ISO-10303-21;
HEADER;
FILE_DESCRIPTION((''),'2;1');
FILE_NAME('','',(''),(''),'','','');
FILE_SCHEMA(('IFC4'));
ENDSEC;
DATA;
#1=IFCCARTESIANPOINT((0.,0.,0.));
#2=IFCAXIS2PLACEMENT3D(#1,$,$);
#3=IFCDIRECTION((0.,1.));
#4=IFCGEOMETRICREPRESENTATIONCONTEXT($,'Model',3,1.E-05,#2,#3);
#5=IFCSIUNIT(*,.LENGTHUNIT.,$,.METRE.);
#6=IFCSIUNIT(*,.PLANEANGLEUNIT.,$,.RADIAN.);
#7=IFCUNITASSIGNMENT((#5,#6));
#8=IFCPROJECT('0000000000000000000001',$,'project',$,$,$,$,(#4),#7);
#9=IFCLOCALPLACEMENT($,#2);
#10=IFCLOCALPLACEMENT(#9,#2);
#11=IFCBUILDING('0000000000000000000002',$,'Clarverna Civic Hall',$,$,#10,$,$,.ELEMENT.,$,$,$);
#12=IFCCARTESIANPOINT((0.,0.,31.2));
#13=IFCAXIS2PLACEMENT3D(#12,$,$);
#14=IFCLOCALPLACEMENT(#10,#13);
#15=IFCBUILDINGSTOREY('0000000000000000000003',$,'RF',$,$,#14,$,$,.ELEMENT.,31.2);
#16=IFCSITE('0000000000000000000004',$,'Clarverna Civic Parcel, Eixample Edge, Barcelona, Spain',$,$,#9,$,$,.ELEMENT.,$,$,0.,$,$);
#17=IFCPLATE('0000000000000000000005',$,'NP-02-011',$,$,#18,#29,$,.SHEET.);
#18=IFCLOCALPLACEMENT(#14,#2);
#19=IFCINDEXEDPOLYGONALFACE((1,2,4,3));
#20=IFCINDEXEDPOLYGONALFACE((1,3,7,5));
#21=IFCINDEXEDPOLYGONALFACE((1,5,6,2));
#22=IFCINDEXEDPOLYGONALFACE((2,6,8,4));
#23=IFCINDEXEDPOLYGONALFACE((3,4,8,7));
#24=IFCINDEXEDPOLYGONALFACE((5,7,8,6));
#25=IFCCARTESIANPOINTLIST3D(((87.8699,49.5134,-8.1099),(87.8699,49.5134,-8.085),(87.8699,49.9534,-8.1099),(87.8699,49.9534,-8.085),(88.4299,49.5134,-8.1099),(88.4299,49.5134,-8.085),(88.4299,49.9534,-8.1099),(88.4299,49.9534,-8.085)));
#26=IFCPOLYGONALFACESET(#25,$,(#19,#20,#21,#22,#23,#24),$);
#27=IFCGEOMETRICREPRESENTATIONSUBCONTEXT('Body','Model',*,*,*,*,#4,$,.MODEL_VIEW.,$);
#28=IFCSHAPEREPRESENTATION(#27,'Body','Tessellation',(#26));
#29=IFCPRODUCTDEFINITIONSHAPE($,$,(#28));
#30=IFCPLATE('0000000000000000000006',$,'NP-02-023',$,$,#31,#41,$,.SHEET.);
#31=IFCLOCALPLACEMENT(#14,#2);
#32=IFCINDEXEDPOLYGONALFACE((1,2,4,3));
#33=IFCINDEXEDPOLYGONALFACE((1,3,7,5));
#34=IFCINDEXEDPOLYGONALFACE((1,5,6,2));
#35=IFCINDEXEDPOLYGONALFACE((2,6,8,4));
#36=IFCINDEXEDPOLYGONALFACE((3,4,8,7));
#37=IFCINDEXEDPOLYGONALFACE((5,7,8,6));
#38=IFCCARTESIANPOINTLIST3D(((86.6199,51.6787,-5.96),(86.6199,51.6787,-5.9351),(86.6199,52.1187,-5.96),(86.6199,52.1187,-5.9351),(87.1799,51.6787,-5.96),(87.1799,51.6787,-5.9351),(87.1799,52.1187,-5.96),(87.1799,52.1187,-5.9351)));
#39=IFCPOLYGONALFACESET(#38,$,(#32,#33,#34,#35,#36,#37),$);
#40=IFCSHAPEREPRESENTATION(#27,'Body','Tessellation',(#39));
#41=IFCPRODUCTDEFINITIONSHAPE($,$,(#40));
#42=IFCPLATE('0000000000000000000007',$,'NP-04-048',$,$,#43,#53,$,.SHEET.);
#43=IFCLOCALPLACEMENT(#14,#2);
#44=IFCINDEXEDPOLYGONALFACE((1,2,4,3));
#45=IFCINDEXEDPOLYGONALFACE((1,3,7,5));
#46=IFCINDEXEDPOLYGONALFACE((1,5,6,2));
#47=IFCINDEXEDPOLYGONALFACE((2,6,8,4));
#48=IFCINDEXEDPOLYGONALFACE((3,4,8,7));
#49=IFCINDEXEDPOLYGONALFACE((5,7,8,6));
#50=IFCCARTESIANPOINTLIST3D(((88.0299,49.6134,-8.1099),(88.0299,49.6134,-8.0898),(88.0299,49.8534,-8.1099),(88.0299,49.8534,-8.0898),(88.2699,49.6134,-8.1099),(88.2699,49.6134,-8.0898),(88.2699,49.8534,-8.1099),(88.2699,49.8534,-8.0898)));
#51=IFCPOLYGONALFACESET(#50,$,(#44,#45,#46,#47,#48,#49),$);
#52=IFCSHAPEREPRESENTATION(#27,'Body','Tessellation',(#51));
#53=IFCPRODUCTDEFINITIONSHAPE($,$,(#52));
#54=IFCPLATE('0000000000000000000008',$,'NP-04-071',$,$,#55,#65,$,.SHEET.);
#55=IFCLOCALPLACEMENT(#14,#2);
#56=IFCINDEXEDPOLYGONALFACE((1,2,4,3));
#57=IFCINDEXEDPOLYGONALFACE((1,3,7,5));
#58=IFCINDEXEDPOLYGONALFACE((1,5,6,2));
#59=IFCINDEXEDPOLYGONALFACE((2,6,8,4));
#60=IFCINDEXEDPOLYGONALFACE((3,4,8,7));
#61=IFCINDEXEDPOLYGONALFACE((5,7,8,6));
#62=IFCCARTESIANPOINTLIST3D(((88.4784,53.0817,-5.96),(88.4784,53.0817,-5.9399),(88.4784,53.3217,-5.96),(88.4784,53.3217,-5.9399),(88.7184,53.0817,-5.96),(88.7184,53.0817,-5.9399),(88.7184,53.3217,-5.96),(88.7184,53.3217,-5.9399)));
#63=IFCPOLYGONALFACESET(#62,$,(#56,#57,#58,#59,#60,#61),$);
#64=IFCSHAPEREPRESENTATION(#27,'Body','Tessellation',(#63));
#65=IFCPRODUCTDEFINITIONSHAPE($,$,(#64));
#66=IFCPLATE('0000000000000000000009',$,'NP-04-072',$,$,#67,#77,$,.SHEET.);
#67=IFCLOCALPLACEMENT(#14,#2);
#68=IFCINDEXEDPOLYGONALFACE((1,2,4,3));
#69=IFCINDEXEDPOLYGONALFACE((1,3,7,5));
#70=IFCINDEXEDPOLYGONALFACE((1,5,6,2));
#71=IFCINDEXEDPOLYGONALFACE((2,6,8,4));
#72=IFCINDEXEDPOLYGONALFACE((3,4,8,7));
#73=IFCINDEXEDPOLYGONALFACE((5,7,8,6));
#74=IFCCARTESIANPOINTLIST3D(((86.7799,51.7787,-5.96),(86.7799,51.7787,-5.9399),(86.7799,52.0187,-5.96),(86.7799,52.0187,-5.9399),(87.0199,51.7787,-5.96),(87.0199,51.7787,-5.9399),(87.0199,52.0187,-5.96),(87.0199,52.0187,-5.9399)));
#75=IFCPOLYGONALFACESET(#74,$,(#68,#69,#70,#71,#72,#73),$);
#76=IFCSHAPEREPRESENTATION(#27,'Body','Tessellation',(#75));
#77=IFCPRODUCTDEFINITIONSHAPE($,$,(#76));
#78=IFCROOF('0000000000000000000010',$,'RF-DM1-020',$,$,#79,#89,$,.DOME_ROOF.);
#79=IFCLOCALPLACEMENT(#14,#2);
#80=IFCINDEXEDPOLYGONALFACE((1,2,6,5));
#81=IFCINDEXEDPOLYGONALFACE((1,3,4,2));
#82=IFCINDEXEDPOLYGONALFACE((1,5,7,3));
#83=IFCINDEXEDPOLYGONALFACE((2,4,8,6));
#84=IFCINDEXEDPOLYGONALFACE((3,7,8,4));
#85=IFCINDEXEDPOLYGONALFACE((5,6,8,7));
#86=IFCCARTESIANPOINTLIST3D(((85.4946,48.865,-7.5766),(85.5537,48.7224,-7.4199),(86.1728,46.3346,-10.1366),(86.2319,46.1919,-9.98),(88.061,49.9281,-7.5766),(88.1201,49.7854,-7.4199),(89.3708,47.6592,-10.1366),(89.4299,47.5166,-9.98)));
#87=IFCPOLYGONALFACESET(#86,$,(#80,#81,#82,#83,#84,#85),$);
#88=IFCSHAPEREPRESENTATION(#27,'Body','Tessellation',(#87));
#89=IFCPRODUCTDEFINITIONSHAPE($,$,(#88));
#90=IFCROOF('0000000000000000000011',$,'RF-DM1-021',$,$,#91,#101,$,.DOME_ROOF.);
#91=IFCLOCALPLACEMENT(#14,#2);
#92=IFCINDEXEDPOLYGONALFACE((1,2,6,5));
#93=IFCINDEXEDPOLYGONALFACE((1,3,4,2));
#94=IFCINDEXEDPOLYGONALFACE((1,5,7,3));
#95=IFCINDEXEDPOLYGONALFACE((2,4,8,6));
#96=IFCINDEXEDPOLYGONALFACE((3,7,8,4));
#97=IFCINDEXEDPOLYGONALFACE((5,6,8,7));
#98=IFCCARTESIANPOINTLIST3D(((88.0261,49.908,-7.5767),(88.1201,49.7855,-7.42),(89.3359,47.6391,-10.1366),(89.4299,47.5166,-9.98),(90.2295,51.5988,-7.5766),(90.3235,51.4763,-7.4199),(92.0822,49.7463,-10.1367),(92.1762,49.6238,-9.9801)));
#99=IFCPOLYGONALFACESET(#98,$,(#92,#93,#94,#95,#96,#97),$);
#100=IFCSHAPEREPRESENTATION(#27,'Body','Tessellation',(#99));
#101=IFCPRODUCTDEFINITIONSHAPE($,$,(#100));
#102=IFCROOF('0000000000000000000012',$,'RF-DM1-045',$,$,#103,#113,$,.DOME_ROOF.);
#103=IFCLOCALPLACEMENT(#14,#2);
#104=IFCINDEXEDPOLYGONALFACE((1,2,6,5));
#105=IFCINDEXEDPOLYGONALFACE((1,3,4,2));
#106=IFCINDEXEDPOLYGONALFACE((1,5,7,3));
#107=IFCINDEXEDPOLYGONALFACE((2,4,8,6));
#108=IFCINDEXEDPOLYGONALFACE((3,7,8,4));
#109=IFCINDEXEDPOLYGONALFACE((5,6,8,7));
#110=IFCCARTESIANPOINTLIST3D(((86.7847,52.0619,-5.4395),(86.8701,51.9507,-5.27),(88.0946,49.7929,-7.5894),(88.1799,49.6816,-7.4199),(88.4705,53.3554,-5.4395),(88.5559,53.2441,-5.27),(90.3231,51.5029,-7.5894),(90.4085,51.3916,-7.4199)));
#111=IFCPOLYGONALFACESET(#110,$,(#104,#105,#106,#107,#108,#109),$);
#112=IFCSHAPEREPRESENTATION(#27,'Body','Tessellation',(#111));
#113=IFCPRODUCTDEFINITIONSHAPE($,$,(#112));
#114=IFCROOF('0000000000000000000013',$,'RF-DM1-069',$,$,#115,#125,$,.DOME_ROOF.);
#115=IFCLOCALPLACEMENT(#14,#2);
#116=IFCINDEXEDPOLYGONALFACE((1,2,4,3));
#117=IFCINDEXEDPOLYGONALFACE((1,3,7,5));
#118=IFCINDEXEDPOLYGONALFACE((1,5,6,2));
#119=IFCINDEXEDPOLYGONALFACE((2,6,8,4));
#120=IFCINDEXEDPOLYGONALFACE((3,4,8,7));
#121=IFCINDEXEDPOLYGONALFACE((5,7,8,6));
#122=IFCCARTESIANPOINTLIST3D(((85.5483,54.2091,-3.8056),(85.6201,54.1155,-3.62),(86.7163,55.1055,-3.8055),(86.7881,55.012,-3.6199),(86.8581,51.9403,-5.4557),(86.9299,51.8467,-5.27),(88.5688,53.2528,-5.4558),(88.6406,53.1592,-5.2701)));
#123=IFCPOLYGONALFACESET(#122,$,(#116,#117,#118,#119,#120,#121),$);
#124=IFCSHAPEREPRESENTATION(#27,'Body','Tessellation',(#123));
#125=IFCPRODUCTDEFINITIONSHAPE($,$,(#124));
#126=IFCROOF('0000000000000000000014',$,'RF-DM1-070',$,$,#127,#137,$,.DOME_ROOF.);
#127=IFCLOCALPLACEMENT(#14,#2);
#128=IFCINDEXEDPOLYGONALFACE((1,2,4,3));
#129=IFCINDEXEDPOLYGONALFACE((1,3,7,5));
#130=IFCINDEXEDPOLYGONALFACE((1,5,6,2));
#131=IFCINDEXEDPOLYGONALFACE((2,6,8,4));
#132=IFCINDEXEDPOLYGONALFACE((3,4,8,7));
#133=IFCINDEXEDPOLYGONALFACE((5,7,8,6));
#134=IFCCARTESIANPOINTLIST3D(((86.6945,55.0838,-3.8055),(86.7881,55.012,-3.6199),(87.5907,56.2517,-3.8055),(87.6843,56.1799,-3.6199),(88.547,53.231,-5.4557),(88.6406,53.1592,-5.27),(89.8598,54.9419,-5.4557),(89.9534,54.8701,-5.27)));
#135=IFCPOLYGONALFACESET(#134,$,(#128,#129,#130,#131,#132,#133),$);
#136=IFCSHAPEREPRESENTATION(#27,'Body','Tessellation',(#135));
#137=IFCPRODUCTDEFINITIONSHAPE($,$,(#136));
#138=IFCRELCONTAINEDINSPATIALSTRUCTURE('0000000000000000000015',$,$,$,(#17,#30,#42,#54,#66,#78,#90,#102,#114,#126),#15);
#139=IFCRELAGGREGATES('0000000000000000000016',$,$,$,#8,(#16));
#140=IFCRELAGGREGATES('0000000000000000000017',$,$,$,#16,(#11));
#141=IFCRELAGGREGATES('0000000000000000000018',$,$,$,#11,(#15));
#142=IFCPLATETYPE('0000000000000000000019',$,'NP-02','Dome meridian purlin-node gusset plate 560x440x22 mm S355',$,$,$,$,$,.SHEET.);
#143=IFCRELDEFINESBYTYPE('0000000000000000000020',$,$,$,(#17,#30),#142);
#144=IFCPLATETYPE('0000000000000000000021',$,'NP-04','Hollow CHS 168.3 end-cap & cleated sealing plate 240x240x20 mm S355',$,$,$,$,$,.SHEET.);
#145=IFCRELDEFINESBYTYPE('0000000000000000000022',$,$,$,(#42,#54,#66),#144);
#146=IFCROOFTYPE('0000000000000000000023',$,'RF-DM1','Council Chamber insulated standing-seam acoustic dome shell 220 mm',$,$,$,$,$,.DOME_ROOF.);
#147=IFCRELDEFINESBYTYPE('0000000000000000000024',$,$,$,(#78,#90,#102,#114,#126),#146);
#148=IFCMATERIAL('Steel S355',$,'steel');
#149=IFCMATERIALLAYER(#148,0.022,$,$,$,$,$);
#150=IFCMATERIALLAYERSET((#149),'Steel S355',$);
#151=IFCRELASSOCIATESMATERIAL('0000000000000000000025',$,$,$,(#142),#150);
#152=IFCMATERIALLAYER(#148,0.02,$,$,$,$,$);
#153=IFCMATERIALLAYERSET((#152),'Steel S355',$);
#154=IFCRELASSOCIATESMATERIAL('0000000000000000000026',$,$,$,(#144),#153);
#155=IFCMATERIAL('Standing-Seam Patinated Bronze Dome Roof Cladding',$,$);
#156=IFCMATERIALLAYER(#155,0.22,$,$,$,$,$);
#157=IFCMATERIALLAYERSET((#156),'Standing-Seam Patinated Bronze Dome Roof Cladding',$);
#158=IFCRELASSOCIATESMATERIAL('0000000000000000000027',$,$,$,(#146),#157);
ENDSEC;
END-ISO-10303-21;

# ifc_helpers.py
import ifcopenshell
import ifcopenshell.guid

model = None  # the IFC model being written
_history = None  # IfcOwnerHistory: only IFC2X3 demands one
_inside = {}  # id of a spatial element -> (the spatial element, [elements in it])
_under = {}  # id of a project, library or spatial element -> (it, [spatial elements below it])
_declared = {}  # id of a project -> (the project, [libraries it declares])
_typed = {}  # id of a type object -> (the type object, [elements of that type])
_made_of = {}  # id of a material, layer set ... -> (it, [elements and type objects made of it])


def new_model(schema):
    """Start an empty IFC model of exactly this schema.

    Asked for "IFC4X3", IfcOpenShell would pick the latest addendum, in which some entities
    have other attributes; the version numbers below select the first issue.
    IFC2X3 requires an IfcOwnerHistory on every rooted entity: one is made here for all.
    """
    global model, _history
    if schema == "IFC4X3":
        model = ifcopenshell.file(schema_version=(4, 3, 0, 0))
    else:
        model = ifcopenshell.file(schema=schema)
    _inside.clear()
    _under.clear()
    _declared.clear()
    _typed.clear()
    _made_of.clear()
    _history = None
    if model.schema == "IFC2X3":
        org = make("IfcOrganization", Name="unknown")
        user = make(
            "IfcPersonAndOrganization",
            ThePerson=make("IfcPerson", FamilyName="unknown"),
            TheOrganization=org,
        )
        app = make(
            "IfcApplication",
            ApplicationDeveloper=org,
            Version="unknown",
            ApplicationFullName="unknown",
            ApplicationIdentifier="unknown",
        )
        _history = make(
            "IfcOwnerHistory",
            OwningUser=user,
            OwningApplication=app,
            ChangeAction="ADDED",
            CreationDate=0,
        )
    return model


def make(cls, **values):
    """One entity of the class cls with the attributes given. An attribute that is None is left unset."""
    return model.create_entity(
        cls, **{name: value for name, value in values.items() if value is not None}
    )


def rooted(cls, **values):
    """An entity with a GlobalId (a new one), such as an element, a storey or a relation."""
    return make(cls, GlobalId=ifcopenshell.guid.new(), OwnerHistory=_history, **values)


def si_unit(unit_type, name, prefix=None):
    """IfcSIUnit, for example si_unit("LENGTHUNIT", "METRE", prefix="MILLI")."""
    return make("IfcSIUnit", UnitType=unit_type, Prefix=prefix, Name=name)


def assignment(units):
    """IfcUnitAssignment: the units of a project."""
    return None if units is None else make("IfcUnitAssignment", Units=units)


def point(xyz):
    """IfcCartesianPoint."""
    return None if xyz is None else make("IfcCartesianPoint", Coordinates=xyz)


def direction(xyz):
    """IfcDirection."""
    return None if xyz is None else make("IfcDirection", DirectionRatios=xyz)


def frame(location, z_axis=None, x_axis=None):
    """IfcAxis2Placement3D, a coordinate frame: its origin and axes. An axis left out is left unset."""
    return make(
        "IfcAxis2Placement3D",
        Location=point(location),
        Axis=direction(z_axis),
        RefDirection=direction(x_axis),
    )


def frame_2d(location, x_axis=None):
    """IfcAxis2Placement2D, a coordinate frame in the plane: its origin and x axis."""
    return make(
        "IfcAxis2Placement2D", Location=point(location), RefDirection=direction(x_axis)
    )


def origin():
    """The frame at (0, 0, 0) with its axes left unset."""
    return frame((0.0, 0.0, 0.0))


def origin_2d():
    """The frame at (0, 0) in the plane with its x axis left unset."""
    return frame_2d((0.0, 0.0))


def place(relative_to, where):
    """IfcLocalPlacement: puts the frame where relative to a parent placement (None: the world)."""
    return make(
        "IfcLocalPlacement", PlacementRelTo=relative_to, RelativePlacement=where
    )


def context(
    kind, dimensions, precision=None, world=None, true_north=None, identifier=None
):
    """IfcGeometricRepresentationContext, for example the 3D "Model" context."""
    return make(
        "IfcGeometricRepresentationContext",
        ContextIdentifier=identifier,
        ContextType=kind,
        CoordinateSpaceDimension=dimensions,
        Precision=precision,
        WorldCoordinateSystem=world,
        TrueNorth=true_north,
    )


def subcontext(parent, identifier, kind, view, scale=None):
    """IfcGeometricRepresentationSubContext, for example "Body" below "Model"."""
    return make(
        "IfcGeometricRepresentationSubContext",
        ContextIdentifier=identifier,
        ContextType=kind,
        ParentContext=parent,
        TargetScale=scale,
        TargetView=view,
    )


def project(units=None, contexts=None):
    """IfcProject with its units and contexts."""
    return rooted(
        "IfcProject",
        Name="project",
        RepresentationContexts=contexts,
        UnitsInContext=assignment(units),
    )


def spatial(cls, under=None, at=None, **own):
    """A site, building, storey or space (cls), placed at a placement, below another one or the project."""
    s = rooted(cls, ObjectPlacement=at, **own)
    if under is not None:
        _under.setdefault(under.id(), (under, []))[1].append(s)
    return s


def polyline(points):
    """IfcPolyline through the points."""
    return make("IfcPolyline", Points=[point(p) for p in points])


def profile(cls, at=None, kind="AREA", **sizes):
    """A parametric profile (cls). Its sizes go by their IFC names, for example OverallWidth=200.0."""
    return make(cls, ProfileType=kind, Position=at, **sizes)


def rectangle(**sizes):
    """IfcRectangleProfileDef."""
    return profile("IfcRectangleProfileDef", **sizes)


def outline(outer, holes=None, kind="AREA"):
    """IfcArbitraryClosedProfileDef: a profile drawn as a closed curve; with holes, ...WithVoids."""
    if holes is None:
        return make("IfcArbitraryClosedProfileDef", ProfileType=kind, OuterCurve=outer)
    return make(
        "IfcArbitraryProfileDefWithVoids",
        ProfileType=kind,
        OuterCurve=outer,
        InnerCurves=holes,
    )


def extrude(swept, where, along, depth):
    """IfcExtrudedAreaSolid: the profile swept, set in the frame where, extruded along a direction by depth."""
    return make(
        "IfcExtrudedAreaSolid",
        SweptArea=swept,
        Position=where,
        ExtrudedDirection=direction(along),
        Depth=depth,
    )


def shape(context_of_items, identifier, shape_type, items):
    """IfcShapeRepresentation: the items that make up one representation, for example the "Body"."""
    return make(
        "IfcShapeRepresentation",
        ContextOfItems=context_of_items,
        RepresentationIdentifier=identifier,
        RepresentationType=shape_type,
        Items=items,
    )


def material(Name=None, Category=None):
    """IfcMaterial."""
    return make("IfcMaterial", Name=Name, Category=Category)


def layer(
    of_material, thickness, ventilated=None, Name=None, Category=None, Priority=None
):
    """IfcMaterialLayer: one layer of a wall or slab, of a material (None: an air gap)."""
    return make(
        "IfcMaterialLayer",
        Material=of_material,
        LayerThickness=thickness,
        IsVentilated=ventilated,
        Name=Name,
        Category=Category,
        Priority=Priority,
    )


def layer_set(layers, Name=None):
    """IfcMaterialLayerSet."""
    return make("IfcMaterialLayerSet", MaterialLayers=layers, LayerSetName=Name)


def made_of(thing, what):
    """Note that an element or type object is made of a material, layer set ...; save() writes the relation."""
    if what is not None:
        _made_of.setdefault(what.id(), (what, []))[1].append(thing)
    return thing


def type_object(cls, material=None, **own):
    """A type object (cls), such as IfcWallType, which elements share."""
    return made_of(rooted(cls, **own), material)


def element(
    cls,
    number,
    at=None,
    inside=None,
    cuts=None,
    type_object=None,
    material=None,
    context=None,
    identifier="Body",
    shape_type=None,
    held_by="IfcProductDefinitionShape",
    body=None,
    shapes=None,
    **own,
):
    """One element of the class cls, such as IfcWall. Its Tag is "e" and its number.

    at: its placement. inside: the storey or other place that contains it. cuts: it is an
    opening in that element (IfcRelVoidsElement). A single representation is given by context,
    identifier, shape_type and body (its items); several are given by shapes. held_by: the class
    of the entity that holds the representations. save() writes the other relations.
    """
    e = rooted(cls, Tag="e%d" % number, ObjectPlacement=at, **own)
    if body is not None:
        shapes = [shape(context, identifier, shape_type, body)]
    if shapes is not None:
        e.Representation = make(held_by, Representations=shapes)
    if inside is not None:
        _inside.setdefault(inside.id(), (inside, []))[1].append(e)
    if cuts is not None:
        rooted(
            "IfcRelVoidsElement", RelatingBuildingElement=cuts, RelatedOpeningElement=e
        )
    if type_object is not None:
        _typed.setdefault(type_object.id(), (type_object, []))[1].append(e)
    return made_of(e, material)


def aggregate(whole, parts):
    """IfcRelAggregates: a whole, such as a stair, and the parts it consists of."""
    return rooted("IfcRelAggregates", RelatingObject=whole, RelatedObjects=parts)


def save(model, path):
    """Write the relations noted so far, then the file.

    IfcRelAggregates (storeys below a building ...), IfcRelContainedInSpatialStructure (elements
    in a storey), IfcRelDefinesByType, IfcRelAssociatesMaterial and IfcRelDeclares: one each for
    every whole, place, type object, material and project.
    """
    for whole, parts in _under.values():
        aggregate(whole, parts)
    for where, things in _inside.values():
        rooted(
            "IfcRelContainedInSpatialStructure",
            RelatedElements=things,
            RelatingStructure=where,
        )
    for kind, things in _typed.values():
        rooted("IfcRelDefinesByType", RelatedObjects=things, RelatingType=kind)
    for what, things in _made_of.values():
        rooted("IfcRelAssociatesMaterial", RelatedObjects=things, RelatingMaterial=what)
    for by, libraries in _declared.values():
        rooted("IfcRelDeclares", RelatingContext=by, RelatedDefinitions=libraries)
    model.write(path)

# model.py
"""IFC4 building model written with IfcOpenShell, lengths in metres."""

from ifc_helpers import new_model, si_unit, direction, frame, origin, origin_2d, place, context, subcontext, project, spatial, polyline, rectangle, outline, extrude, material, layer, layer_set, type_object, element, save


model = new_model("IFC4")

# Units and contexts
model_context = context("Model", 3, precision=1e-05, world=origin(), true_north=direction((0.0, 1.0)))
body_context = subcontext(model_context, "Body", "Model", "MODEL_VIEW")
ifc_project = project(units=[si_unit("LENGTHUNIT", "METRE"), si_unit("PLANEANGLEUNIT", "RADIAN")], contexts=[model_context])

# Site, building, storey
site_placement = place(None, origin())
site = spatial("IfcSite", under=ifc_project, at=site_placement, Name="Clarverna Civic Parcel, Eixample Edge, Barcelona, Spain", CompositionType="ELEMENT", RefElevation=0.0)
building_placement = place(site_placement, origin())
building = spatial("IfcBuilding", under=site, at=building_placement, Name="Clarverna Civic Hall", CompositionType="ELEMENT")
storey_placement = place(building_placement, frame((0.0, 0.0, 31.2)))
storey = spatial("IfcBuildingStorey", under=building, at=storey_placement, Name="RF", CompositionType="ELEMENT", Elevation=31.2)

# Shared definitions
ifc_material_1 = material(Name="Steel S355", Category="steel")

# Plates
ifc_layer_1 = layer(ifc_material_1, 0.022)
ifc_layer_set_1 = layer_set([ifc_layer_1], Name="Steel S355")
plate_type_1 = type_object("IfcPlateType", Name="NP-02", Description="Dome meridian purlin-node gusset plate 560x440x22 mm S355", PredefinedType="SHEET", material=ifc_layer_set_1)
for number, where, z_axis, x_axis, name in (
    (1, (88.1499, 49.7334, -8.1099), (0.0, 0.0, 1.0), (1.0, 0.0, 0.0), "NP-02-011"),
    (2, (86.8999, 51.8987, -5.96), (0.0, 0.0, 1.0), (1.0, 0.0, 0.0), "NP-02-023"),
):
    element("IfcPlate", number, at=place(storey_placement, frame(where, z_axis=z_axis, x_axis=x_axis)), inside=storey, type_object=plate_type_1, Name=name, PredefinedType="SHEET", context=body_context, shape_type="SweptSolid", body=[
        extrude(rectangle(XDim=0.5601, YDim=0.4399, at=origin_2d()), origin(), (0.0, 0.0, 1.0), 0.0249),
    ])
ifc_layer_2 = layer(ifc_material_1, 0.02)
ifc_layer_set_2 = layer_set([ifc_layer_2], Name="Steel S355")
plate_type_2 = type_object("IfcPlateType", Name="NP-04", Description="Hollow CHS 168.3 end-cap & cleated sealing plate 240x240x20 mm S355", PredefinedType="SHEET", material=ifc_layer_set_2)
for number, where, z_axis, x_axis, name in (
    (3, (88.1499, 49.7334, -8.1099), (0.0, 0.0, 1.0), (1.0, 0.0, 0.0), "NP-04-048"),
    (4, (88.5984, 53.2017, -5.96), (0.0, 0.0, 1.0), (1.0, 0.0, 0.0), "NP-04-071"),
    (5, (86.8999, 51.8987, -5.96), (0.0, 0.0, 1.0), (1.0, 0.0, 0.0), "NP-04-072"),
):
    element("IfcPlate", number, at=place(storey_placement, frame(where, z_axis=z_axis, x_axis=x_axis)), inside=storey, type_object=plate_type_2, Name=name, PredefinedType="SHEET", context=body_context, shape_type="SweptSolid", body=[
        extrude(rectangle(XDim=0.24, YDim=0.24, at=origin_2d()), origin(), (0.0, 0.0, 1.0), 0.02),
    ])

# Roofs
ifc_material_2 = material(Name="Standing-Seam Patinated Bronze Dome Roof Cladding")
ifc_layer_3 = layer(ifc_material_2, 0.22)
ifc_layer_set_3 = layer_set([ifc_layer_3], Name="Standing-Seam Patinated Bronze Dome Roof Cladding")
roof_type = type_object("IfcRoofType", Name="RF-DM1", Description="Council Chamber insulated standing-seam acoustic dome shell 220 mm", PredefinedType="DOME_ROOF", material=ifc_layer_set_3)
roof_1_placement = place(storey_placement, frame((86.2319, 46.1919, -9.98), z_axis=(0.268632, -0.648536, 0.712206), x_axis=(0.923877, 0.38269, 0.000007)))
element("IfcRoof", 6, at=roof_1_placement, inside=storey, type_object=roof_type, Name="RF-DM1-020", PredefinedType="DOME_ROOF", context=body_context, shape_type="SweptSolid", body=[
    extrude(outline(polyline([(0.0, 0.0), (3.4615, 0.0), (3.1197, 3.6469), (0.3418, 3.647), (0.0, 0.0)])), origin(), (0.0, 0.0, -1.0), 0.22),
])
roof_2_placement = place(storey_placement, frame((89.4299, 47.5166, -9.98), z_axis=(0.427329, -0.556899, 0.712218), x_axis=(0.793363, 0.608749, -0.000022)))
element("IfcRoof", 7, at=roof_2_placement, inside=storey, type_object=roof_type, Name="RF-DM1-021", PredefinedType="DOME_ROOF", context=body_context, shape_type="SweptSolid", body=[
    extrude(outline(polyline([(0.0, 0.0), (3.4616, 0.0), (3.1193, 3.6471), (0.3419, 3.6469), (0.0, 0.0)])), origin(), (0.0, 0.0, -1.0), 0.22),
])
roof_3_placement = place(storey_placement, frame((88.1799, 49.6816, -7.4199), z_axis=(0.388143, -0.50586, 0.770358), x_axis=(0.793363, 0.608749, 0.000005)))
element("IfcRoof", 8, at=roof_3_placement, inside=storey, type_object=roof_type, Name="RF-DM1-045", PredefinedType="DOME_ROOF", context=body_context, shape_type="SweptSolid", body=[
    extrude(outline(polyline([(0.0, 0.0), (2.809, 0.0), (2.467, 3.3718), (0.3421, 3.3718), (0.0, 0.0)])), origin(), (0.0, 0.0, -1.0), 0.22),
])
roof_4_placement = place(storey_placement, frame((86.9299, 51.8467, -5.27), z_axis=(0.326444, -0.425409, 0.844074), x_axis=(0.793375, 0.608733, -0.000038)))
element("IfcRoof", 9, at=roof_4_placement, inside=storey, type_object=roof_type, Name="RF-DM1-069", PredefinedType="DOME_ROOF", context=body_context, shape_type="SweptSolid", body=[
    extrude(outline(polyline([(0.0, 0.0), (2.1562, 0.0), (1.8142, 3.0775), (0.3419, 3.0772), (0.0, 0.0)])), origin(), (0.0, 0.0, -1.0), 0.22),
])
roof_5_placement = place(storey_placement, frame((88.6406, 53.1592, -5.27), z_axis=(0.425414, -0.32642, 0.844081), x_axis=(0.608736, 0.793373, 0.00001)))
element("IfcRoof", 10, at=roof_5_placement, inside=storey, type_object=roof_type, Name="RF-DM1-070", PredefinedType="DOME_ROOF", context=body_context, shape_type="SweptSolid", body=[
    extrude(outline(polyline([(0.0, 0.0), (2.1565, 0.0), (1.8145, 3.0774), (0.3423, 3.0774), (0.0, 0.0)])), origin(), (0.0, 0.0, -1.0), 0.22),
])

save(model, "model.ifc")
